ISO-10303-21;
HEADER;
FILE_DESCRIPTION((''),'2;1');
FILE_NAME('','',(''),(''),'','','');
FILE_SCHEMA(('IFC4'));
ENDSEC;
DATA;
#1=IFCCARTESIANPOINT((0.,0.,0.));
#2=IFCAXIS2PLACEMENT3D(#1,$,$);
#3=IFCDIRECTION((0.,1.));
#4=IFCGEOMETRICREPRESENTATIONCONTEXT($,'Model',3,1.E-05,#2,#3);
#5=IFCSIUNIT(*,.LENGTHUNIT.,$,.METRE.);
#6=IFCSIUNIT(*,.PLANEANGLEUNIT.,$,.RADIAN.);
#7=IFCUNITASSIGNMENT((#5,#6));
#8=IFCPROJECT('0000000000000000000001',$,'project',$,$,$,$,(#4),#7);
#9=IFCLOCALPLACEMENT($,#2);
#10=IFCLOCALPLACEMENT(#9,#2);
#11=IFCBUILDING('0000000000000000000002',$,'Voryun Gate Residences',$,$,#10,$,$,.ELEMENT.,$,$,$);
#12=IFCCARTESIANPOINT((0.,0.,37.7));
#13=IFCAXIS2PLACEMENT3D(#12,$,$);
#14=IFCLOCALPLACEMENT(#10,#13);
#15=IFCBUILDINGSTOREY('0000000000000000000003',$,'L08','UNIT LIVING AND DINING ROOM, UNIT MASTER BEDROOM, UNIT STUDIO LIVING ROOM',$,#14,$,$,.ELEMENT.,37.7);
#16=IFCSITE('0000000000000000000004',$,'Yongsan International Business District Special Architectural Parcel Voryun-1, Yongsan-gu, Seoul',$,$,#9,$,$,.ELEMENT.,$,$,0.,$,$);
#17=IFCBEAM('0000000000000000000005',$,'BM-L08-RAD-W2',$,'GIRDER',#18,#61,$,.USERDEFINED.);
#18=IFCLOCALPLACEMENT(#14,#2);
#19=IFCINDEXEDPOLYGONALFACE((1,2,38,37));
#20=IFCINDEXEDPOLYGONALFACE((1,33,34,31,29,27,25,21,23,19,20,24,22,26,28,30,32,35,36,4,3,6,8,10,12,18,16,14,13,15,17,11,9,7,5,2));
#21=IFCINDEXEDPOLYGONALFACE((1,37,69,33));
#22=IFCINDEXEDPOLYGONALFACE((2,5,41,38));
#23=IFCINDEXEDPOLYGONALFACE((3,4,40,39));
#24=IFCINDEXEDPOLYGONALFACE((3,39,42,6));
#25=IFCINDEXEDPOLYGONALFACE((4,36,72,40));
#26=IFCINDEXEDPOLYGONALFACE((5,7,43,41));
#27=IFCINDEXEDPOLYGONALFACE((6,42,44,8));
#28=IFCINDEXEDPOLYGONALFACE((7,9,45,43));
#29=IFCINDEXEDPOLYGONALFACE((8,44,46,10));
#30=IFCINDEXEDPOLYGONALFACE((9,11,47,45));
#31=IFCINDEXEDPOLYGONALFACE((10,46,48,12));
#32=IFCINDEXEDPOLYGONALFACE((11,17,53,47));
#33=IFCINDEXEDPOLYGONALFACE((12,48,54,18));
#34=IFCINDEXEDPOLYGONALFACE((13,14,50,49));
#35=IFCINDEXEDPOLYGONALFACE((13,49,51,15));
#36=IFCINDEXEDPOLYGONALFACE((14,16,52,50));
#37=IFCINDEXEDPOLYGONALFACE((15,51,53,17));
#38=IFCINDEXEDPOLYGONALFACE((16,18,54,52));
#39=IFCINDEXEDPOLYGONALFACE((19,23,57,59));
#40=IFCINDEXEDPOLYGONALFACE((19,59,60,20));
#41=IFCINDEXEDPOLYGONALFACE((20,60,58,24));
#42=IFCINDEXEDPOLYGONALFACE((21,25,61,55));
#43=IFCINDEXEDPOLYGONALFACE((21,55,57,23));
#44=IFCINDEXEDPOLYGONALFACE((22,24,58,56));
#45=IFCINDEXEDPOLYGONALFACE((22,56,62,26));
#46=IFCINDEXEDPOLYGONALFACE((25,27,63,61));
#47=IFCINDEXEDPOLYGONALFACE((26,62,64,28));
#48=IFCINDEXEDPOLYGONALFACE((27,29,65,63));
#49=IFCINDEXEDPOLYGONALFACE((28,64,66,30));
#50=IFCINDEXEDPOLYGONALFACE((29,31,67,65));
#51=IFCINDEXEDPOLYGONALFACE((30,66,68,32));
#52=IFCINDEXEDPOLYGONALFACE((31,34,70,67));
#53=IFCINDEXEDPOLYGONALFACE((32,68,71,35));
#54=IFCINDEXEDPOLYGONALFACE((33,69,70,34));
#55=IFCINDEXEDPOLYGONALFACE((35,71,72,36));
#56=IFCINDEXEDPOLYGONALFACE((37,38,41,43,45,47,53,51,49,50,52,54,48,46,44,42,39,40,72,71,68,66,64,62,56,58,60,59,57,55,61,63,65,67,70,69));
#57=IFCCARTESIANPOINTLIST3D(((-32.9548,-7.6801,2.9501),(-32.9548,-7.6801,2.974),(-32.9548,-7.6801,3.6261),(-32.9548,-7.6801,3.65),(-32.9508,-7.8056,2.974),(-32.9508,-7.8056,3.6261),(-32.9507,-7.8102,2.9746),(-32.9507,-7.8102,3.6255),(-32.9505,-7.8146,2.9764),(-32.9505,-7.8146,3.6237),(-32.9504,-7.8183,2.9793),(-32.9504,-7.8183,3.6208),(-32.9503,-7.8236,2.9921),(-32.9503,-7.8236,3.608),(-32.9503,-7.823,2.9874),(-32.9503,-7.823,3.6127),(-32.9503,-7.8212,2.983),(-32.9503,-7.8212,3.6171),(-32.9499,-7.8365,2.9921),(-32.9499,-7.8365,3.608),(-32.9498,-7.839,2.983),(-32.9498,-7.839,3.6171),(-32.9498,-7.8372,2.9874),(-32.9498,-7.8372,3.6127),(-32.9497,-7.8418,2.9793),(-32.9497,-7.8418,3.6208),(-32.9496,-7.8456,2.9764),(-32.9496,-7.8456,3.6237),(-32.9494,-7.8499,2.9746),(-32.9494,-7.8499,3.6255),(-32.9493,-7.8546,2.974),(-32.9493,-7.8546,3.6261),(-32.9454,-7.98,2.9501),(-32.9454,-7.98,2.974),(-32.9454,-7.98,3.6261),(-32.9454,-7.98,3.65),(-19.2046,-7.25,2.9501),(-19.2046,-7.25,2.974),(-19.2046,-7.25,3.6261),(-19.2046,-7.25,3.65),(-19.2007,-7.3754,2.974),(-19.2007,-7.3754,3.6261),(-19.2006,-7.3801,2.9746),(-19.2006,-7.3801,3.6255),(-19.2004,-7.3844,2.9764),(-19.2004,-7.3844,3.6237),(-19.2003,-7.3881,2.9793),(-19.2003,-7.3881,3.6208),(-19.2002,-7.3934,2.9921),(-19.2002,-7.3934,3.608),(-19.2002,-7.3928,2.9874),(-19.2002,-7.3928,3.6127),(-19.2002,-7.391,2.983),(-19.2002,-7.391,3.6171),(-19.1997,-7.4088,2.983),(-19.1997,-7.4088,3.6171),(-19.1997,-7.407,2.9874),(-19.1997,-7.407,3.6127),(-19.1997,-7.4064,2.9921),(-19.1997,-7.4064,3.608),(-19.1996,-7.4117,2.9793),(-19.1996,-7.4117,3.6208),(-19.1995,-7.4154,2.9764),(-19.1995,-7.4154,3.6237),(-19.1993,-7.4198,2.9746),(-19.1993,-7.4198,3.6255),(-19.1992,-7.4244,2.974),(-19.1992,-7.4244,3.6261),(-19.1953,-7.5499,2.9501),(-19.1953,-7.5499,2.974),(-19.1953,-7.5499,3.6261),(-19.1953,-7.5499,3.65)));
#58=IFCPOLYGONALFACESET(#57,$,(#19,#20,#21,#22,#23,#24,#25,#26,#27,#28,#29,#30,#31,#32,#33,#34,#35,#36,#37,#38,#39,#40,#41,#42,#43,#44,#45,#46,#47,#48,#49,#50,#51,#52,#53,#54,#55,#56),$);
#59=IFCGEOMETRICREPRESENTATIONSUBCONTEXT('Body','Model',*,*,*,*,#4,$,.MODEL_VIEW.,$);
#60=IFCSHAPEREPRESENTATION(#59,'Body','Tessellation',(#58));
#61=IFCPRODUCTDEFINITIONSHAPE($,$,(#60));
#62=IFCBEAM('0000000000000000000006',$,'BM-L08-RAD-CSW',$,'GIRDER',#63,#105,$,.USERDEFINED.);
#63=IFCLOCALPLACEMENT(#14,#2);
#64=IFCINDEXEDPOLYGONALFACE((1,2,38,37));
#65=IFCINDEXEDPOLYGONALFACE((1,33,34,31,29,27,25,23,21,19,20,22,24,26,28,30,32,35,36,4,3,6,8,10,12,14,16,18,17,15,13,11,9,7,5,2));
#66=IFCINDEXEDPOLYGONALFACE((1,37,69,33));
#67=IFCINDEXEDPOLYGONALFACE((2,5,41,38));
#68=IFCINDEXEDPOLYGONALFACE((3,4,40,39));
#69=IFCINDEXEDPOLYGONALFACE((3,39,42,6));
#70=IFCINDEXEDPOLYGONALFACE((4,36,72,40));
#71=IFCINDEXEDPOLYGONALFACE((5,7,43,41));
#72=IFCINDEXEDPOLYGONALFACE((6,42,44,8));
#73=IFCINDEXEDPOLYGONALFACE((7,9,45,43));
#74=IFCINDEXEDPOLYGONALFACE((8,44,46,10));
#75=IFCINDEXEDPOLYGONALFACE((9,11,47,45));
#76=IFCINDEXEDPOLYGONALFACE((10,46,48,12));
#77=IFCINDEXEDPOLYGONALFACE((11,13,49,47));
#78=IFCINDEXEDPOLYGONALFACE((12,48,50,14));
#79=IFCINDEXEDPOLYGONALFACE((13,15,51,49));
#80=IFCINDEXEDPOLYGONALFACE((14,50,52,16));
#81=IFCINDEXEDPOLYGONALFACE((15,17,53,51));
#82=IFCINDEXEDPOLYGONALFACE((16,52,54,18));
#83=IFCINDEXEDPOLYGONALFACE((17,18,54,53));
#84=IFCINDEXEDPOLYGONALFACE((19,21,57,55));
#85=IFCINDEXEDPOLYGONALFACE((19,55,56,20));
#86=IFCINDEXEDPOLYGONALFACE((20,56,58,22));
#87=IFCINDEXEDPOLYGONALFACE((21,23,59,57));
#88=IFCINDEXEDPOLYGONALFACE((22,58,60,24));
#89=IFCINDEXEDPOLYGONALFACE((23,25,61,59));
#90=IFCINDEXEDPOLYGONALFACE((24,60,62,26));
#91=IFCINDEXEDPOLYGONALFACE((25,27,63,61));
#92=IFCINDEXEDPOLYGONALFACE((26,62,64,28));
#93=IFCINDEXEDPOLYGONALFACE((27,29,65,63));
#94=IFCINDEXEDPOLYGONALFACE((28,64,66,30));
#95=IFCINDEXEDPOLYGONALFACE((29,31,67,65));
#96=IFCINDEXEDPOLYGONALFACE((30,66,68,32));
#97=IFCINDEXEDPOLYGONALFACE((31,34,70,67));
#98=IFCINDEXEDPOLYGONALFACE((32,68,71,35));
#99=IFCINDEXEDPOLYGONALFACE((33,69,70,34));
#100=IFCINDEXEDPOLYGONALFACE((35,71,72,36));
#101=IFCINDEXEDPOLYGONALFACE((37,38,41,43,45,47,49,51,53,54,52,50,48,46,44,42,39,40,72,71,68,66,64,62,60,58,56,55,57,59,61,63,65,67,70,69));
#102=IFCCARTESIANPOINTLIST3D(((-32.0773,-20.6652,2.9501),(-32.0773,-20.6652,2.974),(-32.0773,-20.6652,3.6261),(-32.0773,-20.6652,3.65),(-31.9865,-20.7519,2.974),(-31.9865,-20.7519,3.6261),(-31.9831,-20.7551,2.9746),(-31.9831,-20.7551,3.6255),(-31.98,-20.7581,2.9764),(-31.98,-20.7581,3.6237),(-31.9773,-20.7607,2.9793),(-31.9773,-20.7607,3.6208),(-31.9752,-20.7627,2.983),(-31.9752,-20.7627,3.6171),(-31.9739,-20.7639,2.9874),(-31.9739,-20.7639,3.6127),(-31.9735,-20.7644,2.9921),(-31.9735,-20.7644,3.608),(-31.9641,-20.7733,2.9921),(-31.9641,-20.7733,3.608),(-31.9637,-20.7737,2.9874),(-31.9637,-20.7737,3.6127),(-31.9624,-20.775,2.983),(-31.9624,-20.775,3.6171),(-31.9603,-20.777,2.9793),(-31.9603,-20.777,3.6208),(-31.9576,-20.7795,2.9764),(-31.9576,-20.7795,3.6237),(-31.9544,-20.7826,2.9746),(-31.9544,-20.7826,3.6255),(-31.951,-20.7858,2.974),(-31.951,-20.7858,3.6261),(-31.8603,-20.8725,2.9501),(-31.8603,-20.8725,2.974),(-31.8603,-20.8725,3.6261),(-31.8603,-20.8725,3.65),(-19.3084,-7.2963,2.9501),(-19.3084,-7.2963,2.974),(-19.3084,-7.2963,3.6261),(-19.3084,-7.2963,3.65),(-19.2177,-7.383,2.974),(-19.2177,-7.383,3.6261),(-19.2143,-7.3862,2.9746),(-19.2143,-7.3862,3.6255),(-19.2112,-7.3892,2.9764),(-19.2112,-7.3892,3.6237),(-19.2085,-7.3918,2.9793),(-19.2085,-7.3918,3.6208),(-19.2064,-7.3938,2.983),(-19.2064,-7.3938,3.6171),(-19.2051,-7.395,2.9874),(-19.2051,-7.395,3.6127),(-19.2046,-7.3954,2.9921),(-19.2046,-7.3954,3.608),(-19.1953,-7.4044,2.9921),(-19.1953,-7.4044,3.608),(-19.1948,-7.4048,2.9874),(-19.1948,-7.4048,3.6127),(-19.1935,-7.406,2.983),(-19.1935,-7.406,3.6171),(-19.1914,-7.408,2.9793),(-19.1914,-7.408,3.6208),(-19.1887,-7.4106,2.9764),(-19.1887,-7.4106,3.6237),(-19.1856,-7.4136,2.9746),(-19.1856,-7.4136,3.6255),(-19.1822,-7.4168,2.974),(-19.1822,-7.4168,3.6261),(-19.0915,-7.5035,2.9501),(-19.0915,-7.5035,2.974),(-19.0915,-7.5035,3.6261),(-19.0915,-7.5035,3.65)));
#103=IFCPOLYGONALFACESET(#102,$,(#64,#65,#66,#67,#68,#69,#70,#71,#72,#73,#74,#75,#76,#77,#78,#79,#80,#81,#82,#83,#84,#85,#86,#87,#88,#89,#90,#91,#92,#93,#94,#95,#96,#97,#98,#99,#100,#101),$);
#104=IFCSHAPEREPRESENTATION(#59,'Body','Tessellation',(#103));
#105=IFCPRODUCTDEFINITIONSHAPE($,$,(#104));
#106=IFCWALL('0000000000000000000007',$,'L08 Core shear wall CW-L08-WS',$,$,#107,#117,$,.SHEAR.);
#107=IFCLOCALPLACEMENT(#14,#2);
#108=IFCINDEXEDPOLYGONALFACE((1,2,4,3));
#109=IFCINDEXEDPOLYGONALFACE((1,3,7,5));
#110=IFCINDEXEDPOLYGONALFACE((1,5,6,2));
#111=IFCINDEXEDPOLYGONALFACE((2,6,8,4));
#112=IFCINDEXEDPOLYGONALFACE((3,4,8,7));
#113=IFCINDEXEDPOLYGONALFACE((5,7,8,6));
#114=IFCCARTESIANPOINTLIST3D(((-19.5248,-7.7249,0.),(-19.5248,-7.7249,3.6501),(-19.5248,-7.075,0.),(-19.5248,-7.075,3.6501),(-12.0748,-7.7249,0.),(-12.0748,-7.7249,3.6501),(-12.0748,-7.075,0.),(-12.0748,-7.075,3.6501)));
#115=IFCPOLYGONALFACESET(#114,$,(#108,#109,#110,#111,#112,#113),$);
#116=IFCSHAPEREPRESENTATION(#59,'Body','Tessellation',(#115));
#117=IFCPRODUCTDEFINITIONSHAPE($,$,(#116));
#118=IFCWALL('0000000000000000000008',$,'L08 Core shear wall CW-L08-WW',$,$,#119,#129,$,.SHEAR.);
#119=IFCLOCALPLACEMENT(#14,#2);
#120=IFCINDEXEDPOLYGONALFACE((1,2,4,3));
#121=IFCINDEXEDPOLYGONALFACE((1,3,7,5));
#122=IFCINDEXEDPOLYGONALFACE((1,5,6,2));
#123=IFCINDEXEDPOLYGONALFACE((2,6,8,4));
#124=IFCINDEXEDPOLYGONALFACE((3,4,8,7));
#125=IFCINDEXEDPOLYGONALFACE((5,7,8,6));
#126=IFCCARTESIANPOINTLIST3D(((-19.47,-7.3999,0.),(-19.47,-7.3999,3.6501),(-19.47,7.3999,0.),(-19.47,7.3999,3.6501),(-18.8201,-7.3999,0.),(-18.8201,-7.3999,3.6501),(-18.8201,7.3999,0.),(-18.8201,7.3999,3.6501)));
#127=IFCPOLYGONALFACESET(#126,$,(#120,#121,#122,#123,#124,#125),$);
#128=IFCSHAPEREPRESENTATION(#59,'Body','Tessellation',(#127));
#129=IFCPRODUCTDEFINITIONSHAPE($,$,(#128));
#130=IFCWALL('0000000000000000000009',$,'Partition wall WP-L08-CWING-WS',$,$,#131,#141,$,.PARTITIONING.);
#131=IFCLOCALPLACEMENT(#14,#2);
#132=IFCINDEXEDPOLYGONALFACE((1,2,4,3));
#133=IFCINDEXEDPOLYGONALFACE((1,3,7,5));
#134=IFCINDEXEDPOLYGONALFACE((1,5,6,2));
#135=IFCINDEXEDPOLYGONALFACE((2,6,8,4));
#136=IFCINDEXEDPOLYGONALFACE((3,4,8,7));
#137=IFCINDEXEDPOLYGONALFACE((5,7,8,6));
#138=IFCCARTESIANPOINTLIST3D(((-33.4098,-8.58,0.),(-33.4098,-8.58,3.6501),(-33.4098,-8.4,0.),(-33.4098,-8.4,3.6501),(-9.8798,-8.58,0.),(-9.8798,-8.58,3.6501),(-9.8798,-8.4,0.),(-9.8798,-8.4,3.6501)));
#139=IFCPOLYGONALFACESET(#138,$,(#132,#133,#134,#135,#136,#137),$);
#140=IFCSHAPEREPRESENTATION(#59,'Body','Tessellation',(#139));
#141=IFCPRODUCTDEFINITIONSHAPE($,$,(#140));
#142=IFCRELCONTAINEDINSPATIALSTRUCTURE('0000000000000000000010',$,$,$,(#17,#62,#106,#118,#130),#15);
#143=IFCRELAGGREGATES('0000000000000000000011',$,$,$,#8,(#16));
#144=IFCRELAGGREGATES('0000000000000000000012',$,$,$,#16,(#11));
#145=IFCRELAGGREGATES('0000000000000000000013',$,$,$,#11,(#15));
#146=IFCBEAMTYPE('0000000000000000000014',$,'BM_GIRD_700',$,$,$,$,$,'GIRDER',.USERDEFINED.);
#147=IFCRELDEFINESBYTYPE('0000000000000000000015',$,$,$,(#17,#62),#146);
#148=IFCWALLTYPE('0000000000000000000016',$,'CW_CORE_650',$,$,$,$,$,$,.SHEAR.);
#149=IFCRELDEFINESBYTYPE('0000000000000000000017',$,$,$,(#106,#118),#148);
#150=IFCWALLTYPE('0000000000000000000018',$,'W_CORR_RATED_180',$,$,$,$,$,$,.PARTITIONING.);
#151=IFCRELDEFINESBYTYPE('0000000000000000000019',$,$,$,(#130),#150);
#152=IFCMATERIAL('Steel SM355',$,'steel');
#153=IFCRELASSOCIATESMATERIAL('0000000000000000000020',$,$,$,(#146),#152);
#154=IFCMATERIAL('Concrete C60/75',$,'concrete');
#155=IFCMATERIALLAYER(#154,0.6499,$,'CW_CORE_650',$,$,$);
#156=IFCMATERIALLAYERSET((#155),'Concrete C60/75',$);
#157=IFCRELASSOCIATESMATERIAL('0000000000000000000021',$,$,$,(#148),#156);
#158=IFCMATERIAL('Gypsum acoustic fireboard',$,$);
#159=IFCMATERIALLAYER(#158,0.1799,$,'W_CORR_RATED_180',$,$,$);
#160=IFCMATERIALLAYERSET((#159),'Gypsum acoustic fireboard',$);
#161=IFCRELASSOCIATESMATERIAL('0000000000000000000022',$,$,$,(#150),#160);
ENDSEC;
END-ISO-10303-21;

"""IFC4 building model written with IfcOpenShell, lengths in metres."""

from ifc_helpers import new_model, si_unit, direction, frame, frame_2d, origin, origin_2d, place, context, subcontext, project, spatial, rectangle, i_section, extrude, material, layer, layer_set, material_profile, profile_set, type_object, element, save


model = new_model("IFC4")

# Units and contexts
model_context = context("Model", 3, precision=1e-05, world=origin(), true_north=direction((0.0, 1.0)))
body_context = subcontext(model_context, "Body", "Model", "MODEL_VIEW")
ifc_project = project(units=[si_unit("LENGTHUNIT", "METRE"), si_unit("PLANEANGLEUNIT", "RADIAN")], contexts=[model_context])

# Site, building, storey
site_placement = place(None, origin())
site = spatial("IfcSite", under=ifc_project, at=site_placement, Name="Yongsan International Business District Special Architectural Parcel Voryun-1, Yongsan-gu, Seoul", CompositionType="ELEMENT", RefElevation=0.0)
building_placement = place(site_placement, origin())
building = spatial("IfcBuilding", under=site, at=building_placement, Name="Voryun Gate Residences", CompositionType="ELEMENT")
storey_placement = place(building_placement, frame((0.0, 0.0, 37.7)))
storey = spatial("IfcBuildingStorey", under=building, at=storey_placement, Name="L08", Description="UNIT LIVING AND DINING ROOM, UNIT MASTER BEDROOM, UNIT STUDIO LIVING ROOM", CompositionType="ELEMENT", Elevation=37.7)

# Beams
ifc_material_1 = material(Name="Steel SM355", Category="steel")
ifc_material_profile_1 = material_profile(ifc_material_1, i_section(OverallWidth=0.3, OverallDepth=0.7, WebThickness=0.0129, FlangeThickness=0.0239, FilletRadius=0.0181, at=origin_2d()), Name="H-700x300x13x24")
ifc_profile_set_1 = profile_set([ifc_material_profile_1], Name="Steel SM355")
beam_type_1 = type_object("IfcBeamType", Name="BM_GIRD_700", ElementType="GIRDER", PredefinedType="USERDEFINED", material=ifc_profile_set_1)
beam_1_placement = place(storey_placement, frame((-19.2, -7.3999, 3.3), z_axis=(-0.999511, -0.03127, 0.0), x_axis=(0.03127, -0.999511, 0.0)))
element("IfcBeam", 1, at=beam_1_placement, inside=storey, type_object=beam_type_1, Name="BM-L08-RAD-W2", ObjectType="GIRDER", PredefinedType="USERDEFINED", context=body_context, shape_type="SweptSolid", body=[
    extrude(i_section(OverallWidth=0.3, OverallDepth=0.7, WebThickness=0.0129, FlangeThickness=0.0239, FilletRadius=0.0181, at=origin_2d()), origin(), (0.0, 0.0, 1.0), 13.7568),
])
beam_2_placement = place(storey_placement, frame((-19.2, -7.3999, 3.3), z_axis=(-0.69069, -0.723151, 0.0), x_axis=(0.723151, -0.69069, 0.0)))
element("IfcBeam", 2, at=beam_2_placement, inside=storey, type_object=beam_type_1, Name="BM-L08-RAD-CSW", ObjectType="GIRDER", PredefinedType="USERDEFINED", context=body_context, shape_type="SweptSolid", body=[
    extrude(i_section(OverallWidth=0.3, OverallDepth=0.7, WebThickness=0.0129, FlangeThickness=0.0239, FilletRadius=0.0181, at=origin_2d()), origin(), (0.0, 0.0, 1.0), 18.4871),
])

# Walls
ifc_material_2 = material(Name="Concrete C60/75", Category="concrete")
ifc_layer_1 = layer(ifc_material_2, 0.6499, Name="CW_CORE_650")
ifc_layer_set_1 = layer_set([ifc_layer_1], Name="Concrete C60/75")
wall_type_1 = type_object("IfcWallType", Name="CW_CORE_650", PredefinedType="SHEAR", material=ifc_layer_set_1)
wall_1_placement = place(storey_placement, frame((-19.5249, -7.3999, 0.0), z_axis=(0.0, 0.0, 1.0), x_axis=(1.0, 0.0, 0.0)))
element("IfcWall", 3, at=wall_1_placement, inside=storey, type_object=wall_type_1, Name="L08 Core shear wall CW-L08-WS", PredefinedType="SHEAR", context=body_context, shape_type="SweptSolid", body=[
    extrude(rectangle(XDim=7.45, YDim=0.6499, at=frame_2d((3.7251, 0.0))), origin(), (0.0, 0.0, 1.0), 3.6501),
])
wall_2_placement = place(storey_placement, frame((-19.145, -7.3999, 0.0), z_axis=(0.0, 0.0, 1.0), x_axis=(0.0, 1.0, 0.0)))
element("IfcWall", 4, at=wall_2_placement, inside=storey, type_object=wall_type_1, Name="L08 Core shear wall CW-L08-WW", PredefinedType="SHEAR", context=body_context, shape_type="SweptSolid", body=[
    extrude(rectangle(XDim=14.7998, YDim=0.6499, at=frame_2d((7.3999, 0.0))), origin(), (0.0, 0.0, 1.0), 3.6501),
])
ifc_material_3 = material(Name="Gypsum acoustic fireboard")
ifc_layer_2 = layer(ifc_material_3, 0.1799, Name="W_CORR_RATED_180")
ifc_layer_set_2 = layer_set([ifc_layer_2], Name="Gypsum acoustic fireboard")
wall_type_2 = type_object("IfcWallType", Name="W_CORR_RATED_180", PredefinedType="PARTITIONING", material=ifc_layer_set_2)
wall_3_placement = place(storey_placement, frame((-33.4099, -8.49, 0.0), z_axis=(0.0, 0.0, 1.0), x_axis=(1.0, 0.0, 0.0)))
element("IfcWall", 5, at=wall_3_placement, inside=storey, type_object=wall_type_2, Name="Partition wall WP-L08-CWING-WS", PredefinedType="PARTITIONING", context=body_context, shape_type="SweptSolid", body=[
    extrude(rectangle(XDim=23.53, YDim=0.1799, at=frame_2d((11.7651, 0.0))), origin(), (0.0, 0.0, 1.0), 3.6501),
])

save(model, "model.ifc")
